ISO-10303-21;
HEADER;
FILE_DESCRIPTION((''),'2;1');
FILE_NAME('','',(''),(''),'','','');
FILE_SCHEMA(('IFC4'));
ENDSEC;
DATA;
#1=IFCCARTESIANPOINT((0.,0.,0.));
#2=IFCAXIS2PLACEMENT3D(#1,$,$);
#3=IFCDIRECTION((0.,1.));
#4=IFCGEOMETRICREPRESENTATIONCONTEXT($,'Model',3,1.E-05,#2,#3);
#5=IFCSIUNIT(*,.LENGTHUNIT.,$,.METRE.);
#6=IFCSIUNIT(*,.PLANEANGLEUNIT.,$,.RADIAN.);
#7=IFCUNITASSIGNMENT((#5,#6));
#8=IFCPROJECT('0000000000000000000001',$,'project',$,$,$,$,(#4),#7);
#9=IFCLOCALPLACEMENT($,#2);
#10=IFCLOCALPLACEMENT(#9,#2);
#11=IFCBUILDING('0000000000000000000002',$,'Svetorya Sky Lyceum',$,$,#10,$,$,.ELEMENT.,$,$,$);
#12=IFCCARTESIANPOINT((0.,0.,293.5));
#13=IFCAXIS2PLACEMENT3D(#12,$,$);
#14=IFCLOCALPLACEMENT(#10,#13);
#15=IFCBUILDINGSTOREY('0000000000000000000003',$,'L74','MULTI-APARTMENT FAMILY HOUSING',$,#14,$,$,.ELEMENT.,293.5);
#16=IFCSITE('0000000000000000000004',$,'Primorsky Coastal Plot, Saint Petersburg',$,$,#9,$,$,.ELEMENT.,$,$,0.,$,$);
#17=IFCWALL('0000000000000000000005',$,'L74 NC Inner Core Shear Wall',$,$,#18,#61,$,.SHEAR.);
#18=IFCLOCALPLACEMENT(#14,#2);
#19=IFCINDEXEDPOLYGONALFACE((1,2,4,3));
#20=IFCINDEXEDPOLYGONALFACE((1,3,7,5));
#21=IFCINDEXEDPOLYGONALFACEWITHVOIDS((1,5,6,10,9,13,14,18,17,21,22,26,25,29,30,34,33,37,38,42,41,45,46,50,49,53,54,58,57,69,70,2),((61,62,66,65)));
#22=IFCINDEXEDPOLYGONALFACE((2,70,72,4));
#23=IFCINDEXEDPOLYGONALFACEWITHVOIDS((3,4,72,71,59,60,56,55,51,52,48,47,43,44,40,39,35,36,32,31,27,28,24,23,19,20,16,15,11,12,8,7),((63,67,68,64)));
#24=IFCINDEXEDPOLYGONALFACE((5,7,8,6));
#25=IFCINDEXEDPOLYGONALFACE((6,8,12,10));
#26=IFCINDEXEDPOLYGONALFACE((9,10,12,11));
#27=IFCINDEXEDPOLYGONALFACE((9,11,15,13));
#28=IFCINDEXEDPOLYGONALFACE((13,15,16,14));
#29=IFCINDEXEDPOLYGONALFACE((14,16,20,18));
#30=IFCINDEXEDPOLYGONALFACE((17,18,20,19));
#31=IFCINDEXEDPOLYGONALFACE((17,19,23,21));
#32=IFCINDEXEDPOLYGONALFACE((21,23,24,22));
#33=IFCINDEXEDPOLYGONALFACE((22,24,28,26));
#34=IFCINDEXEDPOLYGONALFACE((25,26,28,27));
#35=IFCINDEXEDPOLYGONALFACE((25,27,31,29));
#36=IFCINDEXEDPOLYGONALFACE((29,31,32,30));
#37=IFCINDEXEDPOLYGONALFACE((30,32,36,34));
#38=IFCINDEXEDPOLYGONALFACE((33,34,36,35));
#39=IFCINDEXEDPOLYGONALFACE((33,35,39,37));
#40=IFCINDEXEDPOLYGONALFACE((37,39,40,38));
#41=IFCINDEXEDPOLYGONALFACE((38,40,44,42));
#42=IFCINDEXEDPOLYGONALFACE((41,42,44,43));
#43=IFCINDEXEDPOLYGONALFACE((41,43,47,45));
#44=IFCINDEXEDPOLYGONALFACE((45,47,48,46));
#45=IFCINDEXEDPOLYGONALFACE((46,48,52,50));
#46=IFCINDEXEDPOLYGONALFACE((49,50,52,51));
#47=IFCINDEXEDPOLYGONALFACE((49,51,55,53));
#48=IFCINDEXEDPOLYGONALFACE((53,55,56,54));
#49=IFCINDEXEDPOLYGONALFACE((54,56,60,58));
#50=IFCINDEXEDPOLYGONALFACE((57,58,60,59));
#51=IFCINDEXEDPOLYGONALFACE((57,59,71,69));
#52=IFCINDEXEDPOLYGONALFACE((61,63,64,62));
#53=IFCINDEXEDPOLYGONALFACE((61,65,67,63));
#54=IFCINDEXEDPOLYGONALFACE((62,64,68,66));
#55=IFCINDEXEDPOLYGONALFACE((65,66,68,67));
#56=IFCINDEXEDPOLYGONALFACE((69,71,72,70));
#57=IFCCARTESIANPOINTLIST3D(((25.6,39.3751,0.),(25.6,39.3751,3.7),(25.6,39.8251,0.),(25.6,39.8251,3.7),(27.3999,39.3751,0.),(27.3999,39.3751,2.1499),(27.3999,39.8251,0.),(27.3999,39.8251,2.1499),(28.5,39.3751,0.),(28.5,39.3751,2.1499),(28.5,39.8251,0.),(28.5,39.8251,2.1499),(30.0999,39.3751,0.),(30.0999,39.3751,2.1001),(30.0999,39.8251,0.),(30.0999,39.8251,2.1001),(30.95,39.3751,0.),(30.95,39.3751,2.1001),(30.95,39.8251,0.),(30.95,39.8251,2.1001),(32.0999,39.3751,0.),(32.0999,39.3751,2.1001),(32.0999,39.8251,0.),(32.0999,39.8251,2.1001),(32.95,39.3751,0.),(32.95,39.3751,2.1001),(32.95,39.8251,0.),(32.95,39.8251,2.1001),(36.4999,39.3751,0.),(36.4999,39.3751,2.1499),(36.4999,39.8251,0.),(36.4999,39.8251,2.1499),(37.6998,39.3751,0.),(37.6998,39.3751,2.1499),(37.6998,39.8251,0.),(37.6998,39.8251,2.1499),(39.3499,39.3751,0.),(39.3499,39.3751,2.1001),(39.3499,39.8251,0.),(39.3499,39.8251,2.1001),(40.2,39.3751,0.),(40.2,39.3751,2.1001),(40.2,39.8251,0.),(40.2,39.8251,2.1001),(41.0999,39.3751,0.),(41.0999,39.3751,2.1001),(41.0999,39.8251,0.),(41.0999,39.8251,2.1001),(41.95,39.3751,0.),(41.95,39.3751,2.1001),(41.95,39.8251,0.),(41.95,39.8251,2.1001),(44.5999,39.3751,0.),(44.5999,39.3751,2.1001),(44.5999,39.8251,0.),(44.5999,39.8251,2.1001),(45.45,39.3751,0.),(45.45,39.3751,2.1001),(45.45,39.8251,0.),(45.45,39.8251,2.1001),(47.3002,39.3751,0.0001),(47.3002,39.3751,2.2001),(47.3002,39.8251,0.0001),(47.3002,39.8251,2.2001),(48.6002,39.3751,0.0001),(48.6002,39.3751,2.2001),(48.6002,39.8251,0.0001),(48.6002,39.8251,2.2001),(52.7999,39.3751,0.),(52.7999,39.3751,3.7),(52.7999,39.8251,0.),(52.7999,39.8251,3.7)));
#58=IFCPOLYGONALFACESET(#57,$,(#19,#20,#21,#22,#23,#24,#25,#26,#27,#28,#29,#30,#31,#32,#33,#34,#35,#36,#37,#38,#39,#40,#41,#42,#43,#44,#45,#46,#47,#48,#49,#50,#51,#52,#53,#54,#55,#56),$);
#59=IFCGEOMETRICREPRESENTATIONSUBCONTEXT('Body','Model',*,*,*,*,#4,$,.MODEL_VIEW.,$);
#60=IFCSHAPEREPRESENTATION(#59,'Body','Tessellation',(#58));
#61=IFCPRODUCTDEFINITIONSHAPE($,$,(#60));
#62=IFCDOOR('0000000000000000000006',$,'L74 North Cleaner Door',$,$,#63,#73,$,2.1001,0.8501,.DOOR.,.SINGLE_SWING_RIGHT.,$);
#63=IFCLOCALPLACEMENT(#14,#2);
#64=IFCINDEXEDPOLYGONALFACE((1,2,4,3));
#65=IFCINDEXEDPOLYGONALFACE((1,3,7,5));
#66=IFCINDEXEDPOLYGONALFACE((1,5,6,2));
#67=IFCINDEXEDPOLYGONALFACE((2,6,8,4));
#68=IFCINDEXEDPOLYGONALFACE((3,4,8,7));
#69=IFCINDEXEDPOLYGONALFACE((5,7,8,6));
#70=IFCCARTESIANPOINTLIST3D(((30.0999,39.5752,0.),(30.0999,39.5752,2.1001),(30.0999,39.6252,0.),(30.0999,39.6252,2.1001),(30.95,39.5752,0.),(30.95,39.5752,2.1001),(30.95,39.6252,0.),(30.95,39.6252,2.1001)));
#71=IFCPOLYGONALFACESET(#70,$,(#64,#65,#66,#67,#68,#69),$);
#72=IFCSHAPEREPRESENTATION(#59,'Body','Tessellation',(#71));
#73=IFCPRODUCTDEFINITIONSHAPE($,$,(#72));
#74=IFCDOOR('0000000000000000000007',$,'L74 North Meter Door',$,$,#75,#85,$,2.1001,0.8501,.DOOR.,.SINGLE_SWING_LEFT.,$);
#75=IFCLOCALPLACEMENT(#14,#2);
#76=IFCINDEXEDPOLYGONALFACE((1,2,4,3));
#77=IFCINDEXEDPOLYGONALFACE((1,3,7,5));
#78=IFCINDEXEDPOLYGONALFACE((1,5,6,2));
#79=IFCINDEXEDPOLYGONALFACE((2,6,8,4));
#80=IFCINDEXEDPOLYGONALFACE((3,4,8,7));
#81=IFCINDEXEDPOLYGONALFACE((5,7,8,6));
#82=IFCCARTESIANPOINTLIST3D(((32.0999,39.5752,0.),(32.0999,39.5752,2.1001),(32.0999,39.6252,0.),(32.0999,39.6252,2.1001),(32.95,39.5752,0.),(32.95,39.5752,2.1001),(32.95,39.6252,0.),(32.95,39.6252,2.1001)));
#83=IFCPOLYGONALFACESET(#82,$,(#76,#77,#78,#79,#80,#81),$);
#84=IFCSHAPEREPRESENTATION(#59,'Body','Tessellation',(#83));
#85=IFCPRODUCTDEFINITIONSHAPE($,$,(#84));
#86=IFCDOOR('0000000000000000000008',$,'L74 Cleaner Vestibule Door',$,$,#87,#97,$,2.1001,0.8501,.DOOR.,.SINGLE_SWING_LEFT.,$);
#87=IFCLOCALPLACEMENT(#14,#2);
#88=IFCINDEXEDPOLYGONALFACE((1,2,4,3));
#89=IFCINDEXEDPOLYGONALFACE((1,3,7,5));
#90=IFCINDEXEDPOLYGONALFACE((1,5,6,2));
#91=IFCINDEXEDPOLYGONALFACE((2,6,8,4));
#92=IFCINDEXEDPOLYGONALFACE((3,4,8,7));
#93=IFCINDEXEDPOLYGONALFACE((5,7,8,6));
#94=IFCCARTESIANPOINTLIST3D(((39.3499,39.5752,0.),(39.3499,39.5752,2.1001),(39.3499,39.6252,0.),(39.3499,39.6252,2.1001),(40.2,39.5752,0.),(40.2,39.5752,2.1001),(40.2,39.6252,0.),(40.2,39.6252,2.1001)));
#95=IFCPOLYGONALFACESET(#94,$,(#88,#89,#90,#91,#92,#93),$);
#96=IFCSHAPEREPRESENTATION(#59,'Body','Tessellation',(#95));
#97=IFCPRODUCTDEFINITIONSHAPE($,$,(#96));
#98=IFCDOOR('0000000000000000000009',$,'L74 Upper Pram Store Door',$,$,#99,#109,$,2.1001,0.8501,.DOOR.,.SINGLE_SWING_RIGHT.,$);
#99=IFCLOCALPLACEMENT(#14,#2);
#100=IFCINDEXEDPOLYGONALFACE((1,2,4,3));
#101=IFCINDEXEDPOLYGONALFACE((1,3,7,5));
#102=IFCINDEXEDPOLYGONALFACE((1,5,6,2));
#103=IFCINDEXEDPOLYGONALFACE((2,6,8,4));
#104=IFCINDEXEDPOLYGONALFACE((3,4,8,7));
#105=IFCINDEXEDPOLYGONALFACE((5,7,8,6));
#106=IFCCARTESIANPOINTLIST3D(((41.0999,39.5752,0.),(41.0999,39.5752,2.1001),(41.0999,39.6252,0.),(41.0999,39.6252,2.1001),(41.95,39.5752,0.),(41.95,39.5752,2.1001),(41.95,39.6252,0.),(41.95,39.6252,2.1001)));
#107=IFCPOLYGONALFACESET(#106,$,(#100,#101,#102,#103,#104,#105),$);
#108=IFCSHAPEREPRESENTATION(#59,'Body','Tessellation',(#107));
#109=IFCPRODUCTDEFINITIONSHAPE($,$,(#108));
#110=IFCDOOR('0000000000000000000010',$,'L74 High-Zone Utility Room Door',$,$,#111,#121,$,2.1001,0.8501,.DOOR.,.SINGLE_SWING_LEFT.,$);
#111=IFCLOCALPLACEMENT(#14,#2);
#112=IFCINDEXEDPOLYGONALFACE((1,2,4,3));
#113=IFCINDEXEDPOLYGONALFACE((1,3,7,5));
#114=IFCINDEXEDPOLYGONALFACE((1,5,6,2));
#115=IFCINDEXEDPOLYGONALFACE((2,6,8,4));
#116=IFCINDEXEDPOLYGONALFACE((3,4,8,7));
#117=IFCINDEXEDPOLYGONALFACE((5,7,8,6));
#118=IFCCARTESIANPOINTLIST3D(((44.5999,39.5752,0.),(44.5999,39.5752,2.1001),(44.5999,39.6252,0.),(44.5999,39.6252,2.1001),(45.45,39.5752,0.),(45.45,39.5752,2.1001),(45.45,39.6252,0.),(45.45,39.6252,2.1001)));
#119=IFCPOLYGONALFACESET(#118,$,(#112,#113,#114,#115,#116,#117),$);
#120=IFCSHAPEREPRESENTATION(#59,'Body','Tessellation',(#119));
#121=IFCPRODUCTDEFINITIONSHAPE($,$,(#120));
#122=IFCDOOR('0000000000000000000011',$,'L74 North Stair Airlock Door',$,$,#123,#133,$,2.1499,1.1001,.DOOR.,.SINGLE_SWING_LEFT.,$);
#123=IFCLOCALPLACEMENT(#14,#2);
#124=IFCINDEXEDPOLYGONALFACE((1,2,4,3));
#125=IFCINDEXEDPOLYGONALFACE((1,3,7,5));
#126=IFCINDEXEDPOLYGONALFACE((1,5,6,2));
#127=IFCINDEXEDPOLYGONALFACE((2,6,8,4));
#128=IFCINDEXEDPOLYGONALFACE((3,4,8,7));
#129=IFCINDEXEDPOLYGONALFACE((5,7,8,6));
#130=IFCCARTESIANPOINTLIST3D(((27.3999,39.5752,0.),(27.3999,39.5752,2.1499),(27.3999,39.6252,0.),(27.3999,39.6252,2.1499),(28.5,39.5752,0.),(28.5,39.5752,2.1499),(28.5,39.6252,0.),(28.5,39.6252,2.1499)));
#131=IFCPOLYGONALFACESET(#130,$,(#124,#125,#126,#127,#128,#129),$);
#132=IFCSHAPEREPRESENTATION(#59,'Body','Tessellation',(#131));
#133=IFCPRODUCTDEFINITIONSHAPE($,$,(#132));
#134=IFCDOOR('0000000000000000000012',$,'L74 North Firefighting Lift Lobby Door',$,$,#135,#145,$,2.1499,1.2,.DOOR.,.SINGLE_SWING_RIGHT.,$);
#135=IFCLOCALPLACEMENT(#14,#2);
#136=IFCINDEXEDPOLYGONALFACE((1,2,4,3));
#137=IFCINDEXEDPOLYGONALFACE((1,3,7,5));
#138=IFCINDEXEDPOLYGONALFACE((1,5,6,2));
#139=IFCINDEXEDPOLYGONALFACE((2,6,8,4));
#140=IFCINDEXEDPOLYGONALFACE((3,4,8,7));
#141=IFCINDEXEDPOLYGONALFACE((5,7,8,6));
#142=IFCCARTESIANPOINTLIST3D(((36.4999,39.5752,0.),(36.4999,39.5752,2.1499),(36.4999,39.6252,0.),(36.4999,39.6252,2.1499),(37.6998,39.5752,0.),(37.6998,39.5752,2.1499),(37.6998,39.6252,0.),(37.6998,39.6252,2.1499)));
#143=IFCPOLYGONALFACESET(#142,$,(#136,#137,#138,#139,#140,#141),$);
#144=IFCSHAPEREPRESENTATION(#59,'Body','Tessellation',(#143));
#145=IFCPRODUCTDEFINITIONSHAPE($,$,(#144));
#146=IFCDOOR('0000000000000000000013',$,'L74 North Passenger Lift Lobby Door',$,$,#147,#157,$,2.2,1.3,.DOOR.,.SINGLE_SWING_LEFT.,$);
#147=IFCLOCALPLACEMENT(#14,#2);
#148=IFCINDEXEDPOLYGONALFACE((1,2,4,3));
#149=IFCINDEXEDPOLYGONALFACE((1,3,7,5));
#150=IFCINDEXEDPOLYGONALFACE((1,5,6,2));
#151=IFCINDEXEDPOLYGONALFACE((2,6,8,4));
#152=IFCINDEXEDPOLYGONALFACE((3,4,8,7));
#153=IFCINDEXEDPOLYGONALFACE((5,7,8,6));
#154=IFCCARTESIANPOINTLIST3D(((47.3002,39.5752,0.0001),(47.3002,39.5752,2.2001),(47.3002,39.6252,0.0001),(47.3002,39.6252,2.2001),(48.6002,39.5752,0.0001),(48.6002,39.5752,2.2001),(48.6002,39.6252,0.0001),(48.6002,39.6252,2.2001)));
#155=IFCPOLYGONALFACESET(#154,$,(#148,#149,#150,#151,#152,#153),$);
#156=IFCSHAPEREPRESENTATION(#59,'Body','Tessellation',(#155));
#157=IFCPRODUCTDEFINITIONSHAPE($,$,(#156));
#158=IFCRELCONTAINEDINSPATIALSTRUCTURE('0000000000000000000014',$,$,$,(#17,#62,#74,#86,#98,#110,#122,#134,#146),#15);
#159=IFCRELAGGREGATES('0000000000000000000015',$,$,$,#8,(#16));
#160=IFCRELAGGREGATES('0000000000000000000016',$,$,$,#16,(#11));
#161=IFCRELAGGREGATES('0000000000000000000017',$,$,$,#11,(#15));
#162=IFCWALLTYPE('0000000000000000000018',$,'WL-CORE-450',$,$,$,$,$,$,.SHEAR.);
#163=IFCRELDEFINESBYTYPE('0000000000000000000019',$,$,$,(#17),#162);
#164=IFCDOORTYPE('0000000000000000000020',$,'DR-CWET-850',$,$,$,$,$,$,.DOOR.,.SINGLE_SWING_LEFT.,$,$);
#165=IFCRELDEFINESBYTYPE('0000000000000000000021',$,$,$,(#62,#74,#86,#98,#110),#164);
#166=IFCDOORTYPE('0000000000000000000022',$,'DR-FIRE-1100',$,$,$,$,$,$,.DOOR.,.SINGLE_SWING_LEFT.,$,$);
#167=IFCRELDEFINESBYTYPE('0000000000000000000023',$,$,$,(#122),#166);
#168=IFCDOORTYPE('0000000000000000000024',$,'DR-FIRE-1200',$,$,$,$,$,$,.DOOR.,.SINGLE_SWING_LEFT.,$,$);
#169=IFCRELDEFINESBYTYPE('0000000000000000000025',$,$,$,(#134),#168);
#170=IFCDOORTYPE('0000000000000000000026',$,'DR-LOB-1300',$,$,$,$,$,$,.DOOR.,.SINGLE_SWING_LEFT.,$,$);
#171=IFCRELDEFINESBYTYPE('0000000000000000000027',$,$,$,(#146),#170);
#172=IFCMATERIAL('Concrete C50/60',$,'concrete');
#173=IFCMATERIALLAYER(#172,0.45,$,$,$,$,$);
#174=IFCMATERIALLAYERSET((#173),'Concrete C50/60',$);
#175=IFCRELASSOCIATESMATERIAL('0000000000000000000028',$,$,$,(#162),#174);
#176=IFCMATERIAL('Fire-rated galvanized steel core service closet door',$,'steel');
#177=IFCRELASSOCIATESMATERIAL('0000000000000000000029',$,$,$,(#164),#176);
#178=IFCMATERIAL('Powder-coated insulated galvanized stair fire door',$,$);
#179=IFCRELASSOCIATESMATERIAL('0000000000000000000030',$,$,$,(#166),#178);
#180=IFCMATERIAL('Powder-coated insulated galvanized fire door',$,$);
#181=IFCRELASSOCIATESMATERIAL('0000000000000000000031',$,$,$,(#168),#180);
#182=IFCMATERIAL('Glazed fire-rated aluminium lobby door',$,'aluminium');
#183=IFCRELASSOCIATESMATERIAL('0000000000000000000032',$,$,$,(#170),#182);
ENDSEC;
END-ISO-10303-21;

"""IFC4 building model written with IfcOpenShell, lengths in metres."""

from ifc_helpers import new_model, si_unit, direction, frame, frame_2d, origin, place, context, subcontext, project, spatial, rectangle, extrude, material, layer, layer_set, type_object, element, fill, save


model = new_model("IFC4")

# Units and contexts
model_context = context("Model", 3, precision=1e-05, world=origin(), true_north=direction((0.0, 1.0)))
body_context = subcontext(model_context, "Body", "Model", "MODEL_VIEW")
ifc_project = project(units=[si_unit("LENGTHUNIT", "METRE"), si_unit("PLANEANGLEUNIT", "RADIAN")], contexts=[model_context])

# Site, building, storey
site_placement = place(None, origin())
site = spatial("IfcSite", under=ifc_project, at=site_placement, Name="Primorsky Coastal Plot, Saint Petersburg", CompositionType="ELEMENT", RefElevation=0.0)
building_placement = place(site_placement, origin())
building = spatial("IfcBuilding", under=site, at=building_placement, Name="Svetorya Sky Lyceum", CompositionType="ELEMENT")
storey_placement = place(building_placement, frame((0.0, 0.0, 293.5)))
storey = spatial("IfcBuildingStorey", under=building, at=storey_placement, Name="L74", Description="MULTI-APARTMENT FAMILY HOUSING", CompositionType="ELEMENT", Elevation=293.5)

# Wall, openings, doors
ifc_material_1 = material(Name="Concrete C50/60", Category="concrete")
ifc_layer_1 = layer(ifc_material_1, 0.45)
ifc_layer_set_1 = layer_set([ifc_layer_1], Name="Concrete C50/60")
wall_type_1 = type_object("IfcWallType", Name="WL-CORE-450", PredefinedType="SHEAR", material=ifc_layer_set_1)
wall_1_placement = place(storey_placement, frame((52.8, 39.6001, 0.0), z_axis=(0.0, 0.0, 1.0), x_axis=(-1.0, 0.0, 0.0)))
wall_1 = element("IfcWall", 1, at=wall_1_placement, inside=storey, type_object=wall_type_1, Name="L74 NC Inner Core Shear Wall", PredefinedType="SHEAR", context=body_context, shape_type="SweptSolid", body=[
    extrude(rectangle(XDim=27.2, YDim=0.45, at=frame_2d((13.6001, 0.0))), origin(), (0.0, 0.0, 1.0), 3.7),
])
opening_1_placement = place(wall_1_placement, frame((24.3, 0.0, 0.0)))
opening_1 = element("IfcOpeningElement", 2, at=opening_1_placement, cuts=wall_1, PredefinedType="OPENING", context=body_context, shape_type="SweptSolid", body=[
    extrude(rectangle(XDim=1.1001, YDim=2.1499, at=frame_2d((0.55, 1.075))), frame((0.0, 0.2349, 0.0), z_axis=(0.0, -1.0, 0.0), x_axis=(1.0, 0.0, 0.0)), (0.0, 0.0, 1.0), 0.47),
])
opening_2_placement = place(wall_1_placement, frame((21.8501, 0.0, 0.0)))
opening_2 = element("IfcOpeningElement", 3, at=opening_2_placement, cuts=wall_1, PredefinedType="OPENING", context=body_context, shape_type="SweptSolid", body=[
    extrude(rectangle(XDim=0.8501, YDim=2.1001, at=frame_2d((0.425, 1.05))), frame((0.0, 0.2349, 0.0), z_axis=(0.0, -1.0, 0.0), x_axis=(1.0, 0.0, 0.0)), (0.0, 0.0, 1.0), 0.47),
])
opening_3_placement = place(wall_1_placement, frame((19.8501, 0.0, 0.0)))
opening_3 = element("IfcOpeningElement", 4, at=opening_3_placement, cuts=wall_1, PredefinedType="OPENING", context=body_context, shape_type="SweptSolid", body=[
    extrude(rectangle(XDim=0.8501, YDim=2.1001, at=frame_2d((0.425, 1.05))), frame((0.0, 0.2349, 0.0), z_axis=(0.0, -1.0, 0.0), x_axis=(1.0, 0.0, 0.0)), (0.0, 0.0, 1.0), 0.47),
])
opening_4_placement = place(wall_1_placement, frame((15.1001, 0.0, 0.0)))
opening_4 = element("IfcOpeningElement", 5, at=opening_4_placement, cuts=wall_1, PredefinedType="OPENING", context=body_context, shape_type="SweptSolid", body=[
    extrude(rectangle(XDim=1.2, YDim=2.1499, at=frame_2d((0.6001, 1.075))), frame((0.0, 0.2349, 0.0), z_axis=(0.0, -1.0, 0.0), x_axis=(1.0, 0.0, 0.0)), (0.0, 0.0, 1.0), 0.47),
])
opening_5_placement = place(wall_1_placement, frame((12.6001, 0.0, 0.0)))
opening_5 = element("IfcOpeningElement", 6, at=opening_5_placement, cuts=wall_1, PredefinedType="OPENING", context=body_context, shape_type="SweptSolid", body=[
    extrude(rectangle(XDim=0.8501, YDim=2.1001, at=frame_2d((0.425, 1.05))), frame((0.0, 0.2349, 0.0), z_axis=(0.0, -1.0, 0.0), x_axis=(1.0, 0.0, 0.0)), (0.0, 0.0, 1.0), 0.47),
])
opening_6_placement = place(wall_1_placement, frame((10.8501, 0.0, 0.0)))
opening_6 = element("IfcOpeningElement", 7, at=opening_6_placement, cuts=wall_1, PredefinedType="OPENING", context=body_context, shape_type="SweptSolid", body=[
    extrude(rectangle(XDim=0.8501, YDim=2.1001, at=frame_2d((0.425, 1.05))), frame((0.0, 0.2349, 0.0), z_axis=(0.0, -1.0, 0.0), x_axis=(1.0, 0.0, 0.0)), (0.0, 0.0, 1.0), 0.47),
])
opening_7_placement = place(wall_1_placement, frame((7.3501, 0.0, 0.0)))
opening_7 = element("IfcOpeningElement", 8, at=opening_7_placement, cuts=wall_1, PredefinedType="OPENING", context=body_context, shape_type="SweptSolid", body=[
    extrude(rectangle(XDim=0.8501, YDim=2.1001, at=frame_2d((0.425, 1.05))), frame((0.0, 0.2349, 0.0), z_axis=(0.0, -1.0, 0.0), x_axis=(1.0, 0.0, 0.0)), (0.0, 0.0, 1.0), 0.47),
])
opening_8_placement = place(wall_1_placement, frame((4.2, 0.0, 0.0)))
opening_8 = element("IfcOpeningElement", 9, at=opening_8_placement, cuts=wall_1, PredefinedType="OPENING", context=body_context, shape_type="SweptSolid", body=[
    extrude(rectangle(XDim=1.3, YDim=2.2, at=frame_2d((0.6499, 1.1001))), frame((0.0, 0.2349, 0.0), z_axis=(0.0, -1.0, 0.0), x_axis=(1.0, 0.0, 0.0)), (0.0, 0.0, 1.0), 0.47),
])
ifc_material_2 = material(Name="Fire-rated galvanized steel core service closet door", Category="steel")
door_type_1 = type_object("IfcDoorType", Name="DR-CWET-850", OperationType="SINGLE_SWING_LEFT", PredefinedType="DOOR", material=ifc_material_2)
door_1_placement = place(opening_2_placement, origin())
door_1 = element("IfcDoor", 10, at=door_1_placement, inside=storey, type_object=door_type_1, Name="L74 North Cleaner Door", OperationType="SINGLE_SWING_RIGHT", OverallHeight=2.1001, OverallWidth=0.8501, PredefinedType="DOOR", context=body_context, shape_type="SweptSolid", body=[
    extrude(rectangle(XDim=0.8501, YDim=2.1001, at=frame_2d((0.425, 1.05))), frame((0.0, 0.0249, 0.0), z_axis=(0.0, -1.0, 0.0), x_axis=(1.0, 0.0, 0.0)), (0.0, 0.0, 1.0), 0.05),
])
fill(opening_2, door_1)
door_2_placement = place(opening_3_placement, origin())
door_2 = element("IfcDoor", 11, at=door_2_placement, inside=storey, type_object=door_type_1, Name="L74 North Meter Door", OperationType="SINGLE_SWING_LEFT", OverallHeight=2.1001, OverallWidth=0.8501, PredefinedType="DOOR", context=body_context, shape_type="SweptSolid", body=[
    extrude(rectangle(XDim=0.8501, YDim=2.1001, at=frame_2d((0.425, 1.05))), frame((0.0, 0.0249, 0.0), z_axis=(0.0, -1.0, 0.0), x_axis=(1.0, 0.0, 0.0)), (0.0, 0.0, 1.0), 0.05),
])
fill(opening_3, door_2)
door_3_placement = place(opening_5_placement, origin())
door_3 = element("IfcDoor", 12, at=door_3_placement, inside=storey, type_object=door_type_1, Name="L74 Cleaner Vestibule Door", OperationType="SINGLE_SWING_LEFT", OverallHeight=2.1001, OverallWidth=0.8501, PredefinedType="DOOR", context=body_context, shape_type="SweptSolid", body=[
    extrude(rectangle(XDim=0.8501, YDim=2.1001, at=frame_2d((0.425, 1.05))), frame((0.0, 0.0249, 0.0), z_axis=(0.0, -1.0, 0.0), x_axis=(1.0, 0.0, 0.0)), (0.0, 0.0, 1.0), 0.05),
])
fill(opening_5, door_3)
door_4_placement = place(opening_6_placement, origin())
door_4 = element("IfcDoor", 13, at=door_4_placement, inside=storey, type_object=door_type_1, Name="L74 Upper Pram Store Door", OperationType="SINGLE_SWING_RIGHT", OverallHeight=2.1001, OverallWidth=0.8501, PredefinedType="DOOR", context=body_context, shape_type="SweptSolid", body=[
    extrude(rectangle(XDim=0.8501, YDim=2.1001, at=frame_2d((0.425, 1.05))), frame((0.0, 0.0249, 0.0), z_axis=(0.0, -1.0, 0.0), x_axis=(1.0, 0.0, 0.0)), (0.0, 0.0, 1.0), 0.05),
])
fill(opening_6, door_4)
door_5_placement = place(opening_7_placement, origin())
door_5 = element("IfcDoor", 14, at=door_5_placement, inside=storey, type_object=door_type_1, Name="L74 High-Zone Utility Room Door", OperationType="SINGLE_SWING_LEFT", OverallHeight=2.1001, OverallWidth=0.8501, PredefinedType="DOOR", context=body_context, shape_type="SweptSolid", body=[
    extrude(rectangle(XDim=0.8501, YDim=2.1001, at=frame_2d((0.425, 1.05))), frame((0.0, 0.0249, 0.0), z_axis=(0.0, -1.0, 0.0), x_axis=(1.0, 0.0, 0.0)), (0.0, 0.0, 1.0), 0.05),
])
fill(opening_7, door_5)
ifc_material_3 = material(Name="Powder-coated insulated galvanized stair fire door")
door_type_2 = type_object("IfcDoorType", Name="DR-FIRE-1100", OperationType="SINGLE_SWING_LEFT", PredefinedType="DOOR", material=ifc_material_3)
door_6_placement = place(opening_1_placement, origin())
door_6 = element("IfcDoor", 15, at=door_6_placement, inside=storey, type_object=door_type_2, Name="L74 North Stair Airlock Door", OperationType="SINGLE_SWING_LEFT", OverallHeight=2.1499, OverallWidth=1.1001, PredefinedType="DOOR", context=body_context, shape_type="SweptSolid", body=[
    extrude(rectangle(XDim=1.1001, YDim=2.1499, at=frame_2d((0.55, 1.075))), frame((0.0, 0.0249, 0.0), z_axis=(0.0, -1.0, 0.0), x_axis=(1.0, 0.0, 0.0)), (0.0, 0.0, 1.0), 0.05),
])
fill(opening_1, door_6)
ifc_material_4 = material(Name="Powder-coated insulated galvanized fire door")
door_type_3 = type_object("IfcDoorType", Name="DR-FIRE-1200", OperationType="SINGLE_SWING_LEFT", PredefinedType="DOOR", material=ifc_material_4)
door_7_placement = place(opening_4_placement, origin())
door_7 = element("IfcDoor", 16, at=door_7_placement, inside=storey, type_object=door_type_3, Name="L74 North Firefighting Lift Lobby Door", OperationType="SINGLE_SWING_RIGHT", OverallHeight=2.1499, OverallWidth=1.2, PredefinedType="DOOR", context=body_context, shape_type="SweptSolid", body=[
    extrude(rectangle(XDim=1.2, YDim=2.1499, at=frame_2d((0.6001, 1.075))), frame((0.0, 0.0249, 0.0), z_axis=(0.0, -1.0, 0.0), x_axis=(1.0, 0.0, 0.0)), (0.0, 0.0, 1.0), 0.05),
])
fill(opening_4, door_7)
ifc_material_5 = material(Name="Glazed fire-rated aluminium lobby door", Category="aluminium")
door_type_4 = type_object("IfcDoorType", Name="DR-LOB-1300", OperationType="SINGLE_SWING_LEFT", PredefinedType="DOOR", material=ifc_material_5)
door_8_placement = place(opening_8_placement, origin())
door_8 = element("IfcDoor", 17, at=door_8_placement, inside=storey, type_object=door_type_4, Name="L74 North Passenger Lift Lobby Door", OperationType="SINGLE_SWING_LEFT", OverallHeight=2.2, OverallWidth=1.3, PredefinedType="DOOR", context=body_context, shape_type="SweptSolid", body=[
    extrude(rectangle(XDim=1.3, YDim=2.2, at=frame_2d((0.6499, 1.1001))), frame((0.0, 0.0249, 0.0), z_axis=(0.0, -1.0, 0.0), x_axis=(1.0, 0.0, 0.0)), (0.0, 0.0, 1.0), 0.05),
])
fill(opening_8, door_8)

save(model, "model.ifc")
